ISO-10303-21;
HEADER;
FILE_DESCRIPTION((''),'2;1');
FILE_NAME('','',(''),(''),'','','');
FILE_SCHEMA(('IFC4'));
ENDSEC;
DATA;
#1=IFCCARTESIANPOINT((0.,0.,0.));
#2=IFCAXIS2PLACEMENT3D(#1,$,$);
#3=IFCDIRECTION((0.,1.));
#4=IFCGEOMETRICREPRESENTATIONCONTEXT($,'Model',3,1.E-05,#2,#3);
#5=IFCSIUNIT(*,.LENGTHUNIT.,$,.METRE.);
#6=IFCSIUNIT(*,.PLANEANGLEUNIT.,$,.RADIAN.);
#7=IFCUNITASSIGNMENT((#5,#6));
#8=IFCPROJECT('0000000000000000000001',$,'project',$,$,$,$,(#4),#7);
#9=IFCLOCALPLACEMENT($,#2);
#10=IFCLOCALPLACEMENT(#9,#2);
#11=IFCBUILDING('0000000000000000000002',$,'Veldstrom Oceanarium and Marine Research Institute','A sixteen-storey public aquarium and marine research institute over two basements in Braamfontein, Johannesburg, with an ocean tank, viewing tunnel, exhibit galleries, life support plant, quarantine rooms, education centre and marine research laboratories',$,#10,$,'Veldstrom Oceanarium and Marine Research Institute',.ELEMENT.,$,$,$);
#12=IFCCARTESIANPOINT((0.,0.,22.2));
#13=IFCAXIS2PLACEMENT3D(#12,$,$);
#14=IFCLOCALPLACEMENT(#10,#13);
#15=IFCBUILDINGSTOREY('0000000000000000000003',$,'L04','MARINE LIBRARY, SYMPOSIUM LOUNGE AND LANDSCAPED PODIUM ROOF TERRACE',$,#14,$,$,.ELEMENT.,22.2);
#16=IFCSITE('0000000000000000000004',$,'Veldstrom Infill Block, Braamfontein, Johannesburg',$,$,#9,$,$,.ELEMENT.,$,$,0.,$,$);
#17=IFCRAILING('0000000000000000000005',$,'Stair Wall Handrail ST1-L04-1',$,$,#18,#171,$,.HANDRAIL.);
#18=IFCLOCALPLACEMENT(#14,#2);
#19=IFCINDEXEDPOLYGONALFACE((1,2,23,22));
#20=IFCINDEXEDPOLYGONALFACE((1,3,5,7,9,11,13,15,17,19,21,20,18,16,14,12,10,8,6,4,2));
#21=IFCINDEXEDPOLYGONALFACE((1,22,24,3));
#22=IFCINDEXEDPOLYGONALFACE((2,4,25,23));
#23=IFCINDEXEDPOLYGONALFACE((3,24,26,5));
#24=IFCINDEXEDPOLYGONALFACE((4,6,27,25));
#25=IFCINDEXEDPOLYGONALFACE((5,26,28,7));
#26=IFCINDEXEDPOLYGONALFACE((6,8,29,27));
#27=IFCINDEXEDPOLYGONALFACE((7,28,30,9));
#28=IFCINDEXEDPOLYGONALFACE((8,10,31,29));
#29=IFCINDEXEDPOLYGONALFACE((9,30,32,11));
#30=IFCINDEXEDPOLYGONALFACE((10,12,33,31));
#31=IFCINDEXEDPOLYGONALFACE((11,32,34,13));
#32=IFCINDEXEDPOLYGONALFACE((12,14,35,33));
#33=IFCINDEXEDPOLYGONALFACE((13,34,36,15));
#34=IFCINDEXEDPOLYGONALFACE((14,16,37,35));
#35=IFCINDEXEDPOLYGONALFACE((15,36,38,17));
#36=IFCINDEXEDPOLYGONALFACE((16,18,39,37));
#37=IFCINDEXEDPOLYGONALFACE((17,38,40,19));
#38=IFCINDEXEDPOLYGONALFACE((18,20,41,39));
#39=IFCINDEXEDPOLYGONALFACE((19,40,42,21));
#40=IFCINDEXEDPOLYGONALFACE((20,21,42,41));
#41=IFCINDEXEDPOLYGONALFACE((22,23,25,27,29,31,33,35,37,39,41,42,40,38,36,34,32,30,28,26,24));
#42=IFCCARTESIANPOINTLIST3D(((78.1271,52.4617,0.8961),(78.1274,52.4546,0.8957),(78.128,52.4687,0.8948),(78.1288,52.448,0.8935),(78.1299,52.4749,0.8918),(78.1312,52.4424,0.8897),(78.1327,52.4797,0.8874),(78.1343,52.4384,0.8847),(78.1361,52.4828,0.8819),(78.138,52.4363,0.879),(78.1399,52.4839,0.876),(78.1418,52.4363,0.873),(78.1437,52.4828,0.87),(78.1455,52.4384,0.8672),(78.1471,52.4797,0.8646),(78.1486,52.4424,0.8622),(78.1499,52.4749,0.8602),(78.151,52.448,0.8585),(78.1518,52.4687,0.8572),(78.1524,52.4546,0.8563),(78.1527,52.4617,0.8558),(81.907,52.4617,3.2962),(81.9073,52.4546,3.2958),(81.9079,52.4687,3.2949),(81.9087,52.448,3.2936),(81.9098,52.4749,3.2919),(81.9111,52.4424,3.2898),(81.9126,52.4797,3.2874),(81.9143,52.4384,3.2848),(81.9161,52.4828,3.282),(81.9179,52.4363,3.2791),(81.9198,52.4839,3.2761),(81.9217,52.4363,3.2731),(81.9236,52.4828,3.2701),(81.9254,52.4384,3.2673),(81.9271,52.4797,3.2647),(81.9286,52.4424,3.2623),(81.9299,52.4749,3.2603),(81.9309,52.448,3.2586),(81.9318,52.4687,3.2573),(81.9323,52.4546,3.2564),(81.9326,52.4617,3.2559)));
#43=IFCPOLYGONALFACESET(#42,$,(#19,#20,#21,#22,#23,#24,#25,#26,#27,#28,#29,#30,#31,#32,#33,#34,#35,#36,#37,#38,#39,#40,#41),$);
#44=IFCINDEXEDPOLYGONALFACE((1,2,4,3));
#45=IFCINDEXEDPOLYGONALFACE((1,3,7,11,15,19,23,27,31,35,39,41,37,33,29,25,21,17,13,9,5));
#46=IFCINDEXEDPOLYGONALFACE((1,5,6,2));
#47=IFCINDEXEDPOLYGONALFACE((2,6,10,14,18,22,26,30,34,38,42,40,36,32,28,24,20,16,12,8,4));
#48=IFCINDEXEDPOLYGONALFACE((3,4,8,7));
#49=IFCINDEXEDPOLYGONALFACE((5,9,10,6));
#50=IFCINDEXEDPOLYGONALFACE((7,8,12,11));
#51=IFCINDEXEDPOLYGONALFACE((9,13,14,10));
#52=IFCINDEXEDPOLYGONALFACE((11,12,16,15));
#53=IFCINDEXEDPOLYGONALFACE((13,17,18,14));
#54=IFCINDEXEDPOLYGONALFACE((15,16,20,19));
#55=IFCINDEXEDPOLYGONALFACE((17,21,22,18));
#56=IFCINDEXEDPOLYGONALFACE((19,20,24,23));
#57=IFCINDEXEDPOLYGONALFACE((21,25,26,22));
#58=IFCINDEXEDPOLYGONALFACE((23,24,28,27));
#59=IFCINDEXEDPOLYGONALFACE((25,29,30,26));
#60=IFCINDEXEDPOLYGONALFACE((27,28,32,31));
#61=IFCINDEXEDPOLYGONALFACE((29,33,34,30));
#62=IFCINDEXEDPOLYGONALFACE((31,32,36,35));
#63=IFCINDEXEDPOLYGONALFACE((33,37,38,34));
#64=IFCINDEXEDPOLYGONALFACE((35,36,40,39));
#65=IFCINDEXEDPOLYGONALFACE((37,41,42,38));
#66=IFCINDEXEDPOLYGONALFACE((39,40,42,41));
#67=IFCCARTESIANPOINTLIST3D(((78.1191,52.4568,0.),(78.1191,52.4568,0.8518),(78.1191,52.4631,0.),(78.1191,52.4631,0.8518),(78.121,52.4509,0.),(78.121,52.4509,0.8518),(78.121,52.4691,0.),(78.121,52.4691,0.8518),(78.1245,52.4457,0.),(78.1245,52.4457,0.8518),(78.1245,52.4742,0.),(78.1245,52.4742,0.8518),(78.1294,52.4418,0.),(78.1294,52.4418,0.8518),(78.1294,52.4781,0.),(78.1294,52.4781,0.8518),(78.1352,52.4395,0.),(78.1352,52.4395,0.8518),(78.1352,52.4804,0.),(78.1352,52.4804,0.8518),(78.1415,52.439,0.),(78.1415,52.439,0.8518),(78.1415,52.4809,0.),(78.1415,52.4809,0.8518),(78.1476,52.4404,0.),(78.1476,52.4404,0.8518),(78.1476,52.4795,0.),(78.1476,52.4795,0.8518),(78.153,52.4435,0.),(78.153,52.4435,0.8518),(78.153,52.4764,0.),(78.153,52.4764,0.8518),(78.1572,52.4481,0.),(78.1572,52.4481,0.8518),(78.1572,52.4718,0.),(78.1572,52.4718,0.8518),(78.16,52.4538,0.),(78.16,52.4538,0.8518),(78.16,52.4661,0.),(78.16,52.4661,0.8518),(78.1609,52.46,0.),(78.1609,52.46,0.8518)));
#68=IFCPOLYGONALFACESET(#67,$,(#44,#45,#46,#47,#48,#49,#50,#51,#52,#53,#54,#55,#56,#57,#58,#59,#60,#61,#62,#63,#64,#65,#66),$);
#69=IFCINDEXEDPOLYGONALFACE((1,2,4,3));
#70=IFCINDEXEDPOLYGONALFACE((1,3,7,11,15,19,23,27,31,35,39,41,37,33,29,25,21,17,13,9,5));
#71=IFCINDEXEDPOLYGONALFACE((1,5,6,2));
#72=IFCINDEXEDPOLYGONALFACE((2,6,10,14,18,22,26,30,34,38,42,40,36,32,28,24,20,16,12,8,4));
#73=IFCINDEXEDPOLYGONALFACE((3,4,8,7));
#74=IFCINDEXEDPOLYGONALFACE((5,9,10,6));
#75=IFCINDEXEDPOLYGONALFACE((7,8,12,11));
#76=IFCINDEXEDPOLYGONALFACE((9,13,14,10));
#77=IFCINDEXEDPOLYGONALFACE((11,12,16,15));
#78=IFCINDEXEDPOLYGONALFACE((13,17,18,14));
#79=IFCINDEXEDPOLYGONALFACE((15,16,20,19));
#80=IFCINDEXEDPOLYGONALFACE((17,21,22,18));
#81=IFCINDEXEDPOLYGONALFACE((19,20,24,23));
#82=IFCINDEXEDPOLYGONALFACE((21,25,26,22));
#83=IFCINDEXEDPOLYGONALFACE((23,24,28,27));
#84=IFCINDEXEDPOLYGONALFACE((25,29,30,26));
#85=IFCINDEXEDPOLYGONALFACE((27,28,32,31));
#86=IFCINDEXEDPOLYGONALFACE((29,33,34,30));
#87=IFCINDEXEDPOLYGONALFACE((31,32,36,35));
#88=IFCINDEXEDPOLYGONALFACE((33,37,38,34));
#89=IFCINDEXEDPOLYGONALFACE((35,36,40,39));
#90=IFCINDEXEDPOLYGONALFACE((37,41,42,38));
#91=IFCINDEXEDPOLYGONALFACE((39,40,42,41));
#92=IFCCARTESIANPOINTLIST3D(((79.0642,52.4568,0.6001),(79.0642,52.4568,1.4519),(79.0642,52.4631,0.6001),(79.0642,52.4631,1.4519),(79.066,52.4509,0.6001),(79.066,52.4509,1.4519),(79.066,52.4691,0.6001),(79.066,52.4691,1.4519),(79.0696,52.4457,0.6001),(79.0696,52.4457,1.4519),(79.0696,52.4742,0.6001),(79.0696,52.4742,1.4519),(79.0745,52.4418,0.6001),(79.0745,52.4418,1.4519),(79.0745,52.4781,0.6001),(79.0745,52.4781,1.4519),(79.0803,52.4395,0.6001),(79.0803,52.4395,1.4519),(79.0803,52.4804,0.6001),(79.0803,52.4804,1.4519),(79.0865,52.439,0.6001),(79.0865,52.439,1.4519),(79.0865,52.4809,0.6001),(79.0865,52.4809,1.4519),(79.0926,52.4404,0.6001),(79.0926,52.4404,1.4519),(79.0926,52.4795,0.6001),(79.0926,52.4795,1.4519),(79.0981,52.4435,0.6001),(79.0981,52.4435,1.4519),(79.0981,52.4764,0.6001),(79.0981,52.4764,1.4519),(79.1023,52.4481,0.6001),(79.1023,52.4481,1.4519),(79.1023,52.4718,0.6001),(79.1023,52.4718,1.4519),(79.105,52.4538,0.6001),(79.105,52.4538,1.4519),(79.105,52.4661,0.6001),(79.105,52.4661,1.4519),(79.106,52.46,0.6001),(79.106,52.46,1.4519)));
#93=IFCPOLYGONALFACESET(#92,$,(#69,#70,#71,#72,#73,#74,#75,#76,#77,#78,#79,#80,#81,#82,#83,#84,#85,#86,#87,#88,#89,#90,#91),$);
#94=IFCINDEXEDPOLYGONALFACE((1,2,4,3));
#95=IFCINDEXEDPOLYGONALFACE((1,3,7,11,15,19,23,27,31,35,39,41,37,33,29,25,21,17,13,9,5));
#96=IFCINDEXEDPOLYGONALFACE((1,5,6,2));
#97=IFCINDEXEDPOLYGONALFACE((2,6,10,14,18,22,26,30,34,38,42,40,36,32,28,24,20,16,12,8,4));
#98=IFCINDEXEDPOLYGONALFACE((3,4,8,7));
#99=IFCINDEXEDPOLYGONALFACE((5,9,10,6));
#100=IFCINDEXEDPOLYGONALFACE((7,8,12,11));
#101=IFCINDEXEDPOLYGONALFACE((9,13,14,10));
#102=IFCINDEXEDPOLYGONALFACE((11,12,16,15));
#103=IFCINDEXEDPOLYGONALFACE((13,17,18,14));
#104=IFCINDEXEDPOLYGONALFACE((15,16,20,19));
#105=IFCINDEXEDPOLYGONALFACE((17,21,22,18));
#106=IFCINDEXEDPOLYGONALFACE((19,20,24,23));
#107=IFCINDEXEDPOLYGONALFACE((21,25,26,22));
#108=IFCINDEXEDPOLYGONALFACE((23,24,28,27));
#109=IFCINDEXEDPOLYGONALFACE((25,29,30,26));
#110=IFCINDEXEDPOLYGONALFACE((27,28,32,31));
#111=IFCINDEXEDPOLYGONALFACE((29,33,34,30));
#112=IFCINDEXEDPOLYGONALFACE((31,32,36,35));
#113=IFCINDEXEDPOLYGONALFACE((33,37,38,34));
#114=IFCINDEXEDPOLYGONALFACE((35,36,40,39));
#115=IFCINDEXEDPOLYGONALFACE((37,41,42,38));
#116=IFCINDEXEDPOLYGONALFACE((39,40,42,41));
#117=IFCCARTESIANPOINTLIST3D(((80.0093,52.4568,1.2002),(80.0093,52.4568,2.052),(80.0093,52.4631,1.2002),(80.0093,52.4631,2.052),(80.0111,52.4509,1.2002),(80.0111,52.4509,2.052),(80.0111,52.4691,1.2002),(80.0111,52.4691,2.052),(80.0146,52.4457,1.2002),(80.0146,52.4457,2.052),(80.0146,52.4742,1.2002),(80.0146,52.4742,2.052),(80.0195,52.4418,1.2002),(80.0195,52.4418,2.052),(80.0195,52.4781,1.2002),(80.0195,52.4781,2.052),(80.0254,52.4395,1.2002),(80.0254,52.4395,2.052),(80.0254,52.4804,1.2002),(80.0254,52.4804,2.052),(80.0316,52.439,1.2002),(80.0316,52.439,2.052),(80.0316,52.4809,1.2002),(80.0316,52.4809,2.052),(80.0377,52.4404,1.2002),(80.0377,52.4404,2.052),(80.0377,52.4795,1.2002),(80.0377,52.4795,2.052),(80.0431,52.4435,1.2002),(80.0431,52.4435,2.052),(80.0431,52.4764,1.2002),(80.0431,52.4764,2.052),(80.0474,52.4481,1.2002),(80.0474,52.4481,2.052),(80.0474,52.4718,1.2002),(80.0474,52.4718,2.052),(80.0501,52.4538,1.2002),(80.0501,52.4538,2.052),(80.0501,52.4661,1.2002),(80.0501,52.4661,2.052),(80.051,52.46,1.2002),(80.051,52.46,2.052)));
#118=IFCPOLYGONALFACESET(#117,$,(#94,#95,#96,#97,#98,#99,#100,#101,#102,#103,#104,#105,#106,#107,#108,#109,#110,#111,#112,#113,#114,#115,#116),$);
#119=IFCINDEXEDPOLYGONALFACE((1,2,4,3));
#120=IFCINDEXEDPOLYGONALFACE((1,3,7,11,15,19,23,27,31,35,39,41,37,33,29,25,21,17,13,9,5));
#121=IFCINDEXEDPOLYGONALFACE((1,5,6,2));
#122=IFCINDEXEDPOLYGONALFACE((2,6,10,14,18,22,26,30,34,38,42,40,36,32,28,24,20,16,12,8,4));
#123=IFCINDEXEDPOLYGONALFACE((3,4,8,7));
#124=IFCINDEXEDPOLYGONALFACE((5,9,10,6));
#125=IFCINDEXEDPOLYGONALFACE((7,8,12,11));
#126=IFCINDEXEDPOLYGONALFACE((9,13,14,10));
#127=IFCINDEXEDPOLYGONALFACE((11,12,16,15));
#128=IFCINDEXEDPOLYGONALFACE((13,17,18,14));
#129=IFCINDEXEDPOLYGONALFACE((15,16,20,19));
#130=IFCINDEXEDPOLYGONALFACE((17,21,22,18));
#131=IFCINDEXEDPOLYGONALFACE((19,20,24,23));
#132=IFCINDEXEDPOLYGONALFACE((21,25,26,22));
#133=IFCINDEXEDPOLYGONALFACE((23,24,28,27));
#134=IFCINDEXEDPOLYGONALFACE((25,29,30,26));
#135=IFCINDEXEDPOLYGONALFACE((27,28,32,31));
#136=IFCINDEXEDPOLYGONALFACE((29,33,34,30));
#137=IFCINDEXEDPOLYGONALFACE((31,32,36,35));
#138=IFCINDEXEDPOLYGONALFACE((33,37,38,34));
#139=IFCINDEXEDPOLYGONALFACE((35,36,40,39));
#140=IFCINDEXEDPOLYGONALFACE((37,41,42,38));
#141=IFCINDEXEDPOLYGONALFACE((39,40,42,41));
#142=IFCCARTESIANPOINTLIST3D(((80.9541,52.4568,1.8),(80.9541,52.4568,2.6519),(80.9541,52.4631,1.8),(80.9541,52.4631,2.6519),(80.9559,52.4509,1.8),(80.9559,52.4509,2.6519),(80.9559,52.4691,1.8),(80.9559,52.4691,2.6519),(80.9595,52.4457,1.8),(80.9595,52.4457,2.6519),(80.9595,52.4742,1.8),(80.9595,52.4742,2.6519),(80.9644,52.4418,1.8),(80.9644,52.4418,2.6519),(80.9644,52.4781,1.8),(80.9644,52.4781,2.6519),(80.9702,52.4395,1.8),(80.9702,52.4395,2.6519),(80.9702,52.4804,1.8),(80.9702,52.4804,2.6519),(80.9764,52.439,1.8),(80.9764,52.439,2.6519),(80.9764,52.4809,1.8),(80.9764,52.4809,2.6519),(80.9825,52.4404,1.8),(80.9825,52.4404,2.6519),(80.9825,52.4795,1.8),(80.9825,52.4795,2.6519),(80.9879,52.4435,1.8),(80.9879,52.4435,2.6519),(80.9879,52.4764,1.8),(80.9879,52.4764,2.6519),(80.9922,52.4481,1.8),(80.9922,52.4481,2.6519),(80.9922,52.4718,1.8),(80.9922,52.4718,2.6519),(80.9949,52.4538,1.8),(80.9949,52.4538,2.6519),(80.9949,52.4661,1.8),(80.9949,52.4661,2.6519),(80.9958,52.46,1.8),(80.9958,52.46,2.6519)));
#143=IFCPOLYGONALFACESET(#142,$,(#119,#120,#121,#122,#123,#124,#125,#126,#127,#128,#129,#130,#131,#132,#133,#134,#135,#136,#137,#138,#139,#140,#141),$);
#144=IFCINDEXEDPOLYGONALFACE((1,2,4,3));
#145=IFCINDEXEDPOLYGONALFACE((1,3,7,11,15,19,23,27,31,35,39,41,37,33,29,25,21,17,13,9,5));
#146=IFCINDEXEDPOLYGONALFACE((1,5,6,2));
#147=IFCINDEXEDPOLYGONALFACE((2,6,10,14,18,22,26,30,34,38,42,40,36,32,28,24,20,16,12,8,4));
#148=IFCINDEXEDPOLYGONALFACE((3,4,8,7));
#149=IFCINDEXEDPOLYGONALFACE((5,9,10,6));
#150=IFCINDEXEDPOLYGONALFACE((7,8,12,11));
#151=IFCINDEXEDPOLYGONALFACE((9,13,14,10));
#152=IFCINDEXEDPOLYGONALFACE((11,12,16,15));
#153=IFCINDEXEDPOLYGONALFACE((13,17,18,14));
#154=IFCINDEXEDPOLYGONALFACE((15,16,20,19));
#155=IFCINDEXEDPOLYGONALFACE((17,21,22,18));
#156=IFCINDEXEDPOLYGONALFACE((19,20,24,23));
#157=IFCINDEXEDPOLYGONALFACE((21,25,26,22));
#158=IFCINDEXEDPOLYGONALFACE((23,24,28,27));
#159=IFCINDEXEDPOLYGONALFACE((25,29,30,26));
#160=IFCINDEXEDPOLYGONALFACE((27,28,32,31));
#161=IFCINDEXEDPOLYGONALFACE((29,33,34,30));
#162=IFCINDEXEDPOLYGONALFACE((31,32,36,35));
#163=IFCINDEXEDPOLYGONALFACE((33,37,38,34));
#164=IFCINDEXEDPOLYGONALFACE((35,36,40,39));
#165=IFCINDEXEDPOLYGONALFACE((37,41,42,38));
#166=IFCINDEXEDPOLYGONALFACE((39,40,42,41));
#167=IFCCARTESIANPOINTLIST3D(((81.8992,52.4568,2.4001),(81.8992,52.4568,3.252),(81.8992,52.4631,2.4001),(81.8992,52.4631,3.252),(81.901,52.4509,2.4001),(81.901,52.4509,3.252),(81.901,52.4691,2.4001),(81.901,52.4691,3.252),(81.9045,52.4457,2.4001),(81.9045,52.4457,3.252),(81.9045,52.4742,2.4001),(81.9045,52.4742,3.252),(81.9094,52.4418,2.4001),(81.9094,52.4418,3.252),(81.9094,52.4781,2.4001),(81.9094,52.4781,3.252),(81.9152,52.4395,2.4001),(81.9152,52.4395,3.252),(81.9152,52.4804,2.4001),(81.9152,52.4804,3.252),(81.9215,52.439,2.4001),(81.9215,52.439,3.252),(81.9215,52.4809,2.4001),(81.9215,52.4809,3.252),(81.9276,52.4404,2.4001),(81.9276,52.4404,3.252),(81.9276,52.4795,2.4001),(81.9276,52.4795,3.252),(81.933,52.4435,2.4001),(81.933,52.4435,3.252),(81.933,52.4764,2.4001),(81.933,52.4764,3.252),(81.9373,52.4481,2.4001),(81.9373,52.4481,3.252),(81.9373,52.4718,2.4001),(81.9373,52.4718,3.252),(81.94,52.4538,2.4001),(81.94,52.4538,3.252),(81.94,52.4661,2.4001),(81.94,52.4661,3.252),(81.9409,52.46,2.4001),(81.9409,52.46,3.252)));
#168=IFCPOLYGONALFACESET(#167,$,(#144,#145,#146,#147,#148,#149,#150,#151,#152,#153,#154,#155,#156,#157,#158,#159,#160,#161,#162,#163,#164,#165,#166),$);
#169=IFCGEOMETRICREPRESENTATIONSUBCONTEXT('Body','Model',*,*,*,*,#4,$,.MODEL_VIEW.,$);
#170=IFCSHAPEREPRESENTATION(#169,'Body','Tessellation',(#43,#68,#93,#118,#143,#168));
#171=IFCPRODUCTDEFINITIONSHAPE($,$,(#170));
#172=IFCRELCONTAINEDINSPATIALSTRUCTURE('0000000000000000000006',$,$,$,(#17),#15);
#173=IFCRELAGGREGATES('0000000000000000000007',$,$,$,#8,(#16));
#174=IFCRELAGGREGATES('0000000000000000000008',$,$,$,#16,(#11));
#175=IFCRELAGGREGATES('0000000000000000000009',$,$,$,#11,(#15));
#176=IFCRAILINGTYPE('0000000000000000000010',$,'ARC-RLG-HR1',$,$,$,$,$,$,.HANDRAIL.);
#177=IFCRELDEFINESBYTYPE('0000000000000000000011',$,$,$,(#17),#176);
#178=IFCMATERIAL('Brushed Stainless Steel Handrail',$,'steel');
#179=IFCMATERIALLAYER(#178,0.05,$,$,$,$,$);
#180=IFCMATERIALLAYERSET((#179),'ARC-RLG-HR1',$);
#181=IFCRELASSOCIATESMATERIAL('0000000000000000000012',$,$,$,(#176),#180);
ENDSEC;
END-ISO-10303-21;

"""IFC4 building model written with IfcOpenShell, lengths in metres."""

from ifc_helpers import new_model, si_unit, direction, frame, origin, origin_2d, place, context, subcontext, project, spatial, circle, extrude, material, layer, layer_set, type_object, element, save


model = new_model("IFC4")

# Units and contexts
model_context = context("Model", 3, precision=1e-05, world=origin(), true_north=direction((0.0, 1.0)))
body_context = subcontext(model_context, "Body", "Model", "MODEL_VIEW")
ifc_project = project(units=[si_unit("LENGTHUNIT", "METRE"), si_unit("PLANEANGLEUNIT", "RADIAN")], contexts=[model_context])

# Site, building, storey
site_placement = place(None, origin())
site = spatial("IfcSite", under=ifc_project, at=site_placement, Name="Veldstrom Infill Block, Braamfontein, Johannesburg", CompositionType="ELEMENT", RefElevation=0.0)
building_placement = place(site_placement, origin())
building = spatial("IfcBuilding", under=site, at=building_placement, Name="Veldstrom Oceanarium and Marine Research Institute", Description="A sixteen-storey public aquarium and marine research institute over two basements in Braamfontein, Johannesburg, with an ocean tank, viewing tunnel, exhibit galleries, life support plant, quarantine rooms, education centre and marine research laboratories", LongName="Veldstrom Oceanarium and Marine Research Institute", CompositionType="ELEMENT")
storey_placement = place(building_placement, frame((0.0, 0.0, 22.2)))
storey = spatial("IfcBuildingStorey", under=building, at=storey_placement, Name="L04", Description="MARINE LIBRARY, SYMPOSIUM LOUNGE AND LANDSCAPED PODIUM ROOF TERRACE", CompositionType="ELEMENT", Elevation=22.2)

# Railing
ifc_material_1 = material(Name="Brushed Stainless Steel Handrail", Category="steel")
ifc_layer_1 = layer(ifc_material_1, 0.05)
ifc_layer_set_1 = layer_set([ifc_layer_1], Name="ARC-RLG-HR1")
railing_type_1 = type_object("IfcRailingType", Name="ARC-RLG-HR1", PredefinedType="HANDRAIL", material=ifc_layer_set_1)
railing_1_placement = place(storey_placement, frame((78.1399, 52.46, 0.0)))
element("IfcRailing", 1, at=railing_1_placement, inside=storey, type_object=railing_type_1, Name="Stair Wall Handrail ST1-L04-1", PredefinedType="HANDRAIL", context=body_context, shape_type="SweptSolid", body=[
    extrude(circle(Radius=0.0239, at=origin_2d()), frame((0.0, 0.0, 0.876), z_axis=(0.8442, 0.0, 0.536028), x_axis=(0.0, 1.0, 0.0)), (0.0, 0.0, 1.0), 4.4775),
    extrude(circle(Radius=0.021, at=origin_2d()), origin(), (0.0, 0.0, 1.0), 0.8518),
    extrude(circle(Radius=0.021, at=origin_2d()), frame((0.9451, 0.0, 0.6001)), (0.0, 0.0, 1.0), 0.8518),
    extrude(circle(Radius=0.021, at=origin_2d()), frame((1.8901, 0.0, 1.2002)), (0.0, 0.0, 1.0), 0.8518),
    extrude(circle(Radius=0.021, at=origin_2d()), frame((2.835, 0.0, 1.8)), (0.0, 0.0, 1.0), 0.8518),
    extrude(circle(Radius=0.021, at=origin_2d()), frame((3.78, 0.0, 2.4001)), (0.0, 0.0, 1.0), 0.8518),
])

save(model, "model.ifc")
